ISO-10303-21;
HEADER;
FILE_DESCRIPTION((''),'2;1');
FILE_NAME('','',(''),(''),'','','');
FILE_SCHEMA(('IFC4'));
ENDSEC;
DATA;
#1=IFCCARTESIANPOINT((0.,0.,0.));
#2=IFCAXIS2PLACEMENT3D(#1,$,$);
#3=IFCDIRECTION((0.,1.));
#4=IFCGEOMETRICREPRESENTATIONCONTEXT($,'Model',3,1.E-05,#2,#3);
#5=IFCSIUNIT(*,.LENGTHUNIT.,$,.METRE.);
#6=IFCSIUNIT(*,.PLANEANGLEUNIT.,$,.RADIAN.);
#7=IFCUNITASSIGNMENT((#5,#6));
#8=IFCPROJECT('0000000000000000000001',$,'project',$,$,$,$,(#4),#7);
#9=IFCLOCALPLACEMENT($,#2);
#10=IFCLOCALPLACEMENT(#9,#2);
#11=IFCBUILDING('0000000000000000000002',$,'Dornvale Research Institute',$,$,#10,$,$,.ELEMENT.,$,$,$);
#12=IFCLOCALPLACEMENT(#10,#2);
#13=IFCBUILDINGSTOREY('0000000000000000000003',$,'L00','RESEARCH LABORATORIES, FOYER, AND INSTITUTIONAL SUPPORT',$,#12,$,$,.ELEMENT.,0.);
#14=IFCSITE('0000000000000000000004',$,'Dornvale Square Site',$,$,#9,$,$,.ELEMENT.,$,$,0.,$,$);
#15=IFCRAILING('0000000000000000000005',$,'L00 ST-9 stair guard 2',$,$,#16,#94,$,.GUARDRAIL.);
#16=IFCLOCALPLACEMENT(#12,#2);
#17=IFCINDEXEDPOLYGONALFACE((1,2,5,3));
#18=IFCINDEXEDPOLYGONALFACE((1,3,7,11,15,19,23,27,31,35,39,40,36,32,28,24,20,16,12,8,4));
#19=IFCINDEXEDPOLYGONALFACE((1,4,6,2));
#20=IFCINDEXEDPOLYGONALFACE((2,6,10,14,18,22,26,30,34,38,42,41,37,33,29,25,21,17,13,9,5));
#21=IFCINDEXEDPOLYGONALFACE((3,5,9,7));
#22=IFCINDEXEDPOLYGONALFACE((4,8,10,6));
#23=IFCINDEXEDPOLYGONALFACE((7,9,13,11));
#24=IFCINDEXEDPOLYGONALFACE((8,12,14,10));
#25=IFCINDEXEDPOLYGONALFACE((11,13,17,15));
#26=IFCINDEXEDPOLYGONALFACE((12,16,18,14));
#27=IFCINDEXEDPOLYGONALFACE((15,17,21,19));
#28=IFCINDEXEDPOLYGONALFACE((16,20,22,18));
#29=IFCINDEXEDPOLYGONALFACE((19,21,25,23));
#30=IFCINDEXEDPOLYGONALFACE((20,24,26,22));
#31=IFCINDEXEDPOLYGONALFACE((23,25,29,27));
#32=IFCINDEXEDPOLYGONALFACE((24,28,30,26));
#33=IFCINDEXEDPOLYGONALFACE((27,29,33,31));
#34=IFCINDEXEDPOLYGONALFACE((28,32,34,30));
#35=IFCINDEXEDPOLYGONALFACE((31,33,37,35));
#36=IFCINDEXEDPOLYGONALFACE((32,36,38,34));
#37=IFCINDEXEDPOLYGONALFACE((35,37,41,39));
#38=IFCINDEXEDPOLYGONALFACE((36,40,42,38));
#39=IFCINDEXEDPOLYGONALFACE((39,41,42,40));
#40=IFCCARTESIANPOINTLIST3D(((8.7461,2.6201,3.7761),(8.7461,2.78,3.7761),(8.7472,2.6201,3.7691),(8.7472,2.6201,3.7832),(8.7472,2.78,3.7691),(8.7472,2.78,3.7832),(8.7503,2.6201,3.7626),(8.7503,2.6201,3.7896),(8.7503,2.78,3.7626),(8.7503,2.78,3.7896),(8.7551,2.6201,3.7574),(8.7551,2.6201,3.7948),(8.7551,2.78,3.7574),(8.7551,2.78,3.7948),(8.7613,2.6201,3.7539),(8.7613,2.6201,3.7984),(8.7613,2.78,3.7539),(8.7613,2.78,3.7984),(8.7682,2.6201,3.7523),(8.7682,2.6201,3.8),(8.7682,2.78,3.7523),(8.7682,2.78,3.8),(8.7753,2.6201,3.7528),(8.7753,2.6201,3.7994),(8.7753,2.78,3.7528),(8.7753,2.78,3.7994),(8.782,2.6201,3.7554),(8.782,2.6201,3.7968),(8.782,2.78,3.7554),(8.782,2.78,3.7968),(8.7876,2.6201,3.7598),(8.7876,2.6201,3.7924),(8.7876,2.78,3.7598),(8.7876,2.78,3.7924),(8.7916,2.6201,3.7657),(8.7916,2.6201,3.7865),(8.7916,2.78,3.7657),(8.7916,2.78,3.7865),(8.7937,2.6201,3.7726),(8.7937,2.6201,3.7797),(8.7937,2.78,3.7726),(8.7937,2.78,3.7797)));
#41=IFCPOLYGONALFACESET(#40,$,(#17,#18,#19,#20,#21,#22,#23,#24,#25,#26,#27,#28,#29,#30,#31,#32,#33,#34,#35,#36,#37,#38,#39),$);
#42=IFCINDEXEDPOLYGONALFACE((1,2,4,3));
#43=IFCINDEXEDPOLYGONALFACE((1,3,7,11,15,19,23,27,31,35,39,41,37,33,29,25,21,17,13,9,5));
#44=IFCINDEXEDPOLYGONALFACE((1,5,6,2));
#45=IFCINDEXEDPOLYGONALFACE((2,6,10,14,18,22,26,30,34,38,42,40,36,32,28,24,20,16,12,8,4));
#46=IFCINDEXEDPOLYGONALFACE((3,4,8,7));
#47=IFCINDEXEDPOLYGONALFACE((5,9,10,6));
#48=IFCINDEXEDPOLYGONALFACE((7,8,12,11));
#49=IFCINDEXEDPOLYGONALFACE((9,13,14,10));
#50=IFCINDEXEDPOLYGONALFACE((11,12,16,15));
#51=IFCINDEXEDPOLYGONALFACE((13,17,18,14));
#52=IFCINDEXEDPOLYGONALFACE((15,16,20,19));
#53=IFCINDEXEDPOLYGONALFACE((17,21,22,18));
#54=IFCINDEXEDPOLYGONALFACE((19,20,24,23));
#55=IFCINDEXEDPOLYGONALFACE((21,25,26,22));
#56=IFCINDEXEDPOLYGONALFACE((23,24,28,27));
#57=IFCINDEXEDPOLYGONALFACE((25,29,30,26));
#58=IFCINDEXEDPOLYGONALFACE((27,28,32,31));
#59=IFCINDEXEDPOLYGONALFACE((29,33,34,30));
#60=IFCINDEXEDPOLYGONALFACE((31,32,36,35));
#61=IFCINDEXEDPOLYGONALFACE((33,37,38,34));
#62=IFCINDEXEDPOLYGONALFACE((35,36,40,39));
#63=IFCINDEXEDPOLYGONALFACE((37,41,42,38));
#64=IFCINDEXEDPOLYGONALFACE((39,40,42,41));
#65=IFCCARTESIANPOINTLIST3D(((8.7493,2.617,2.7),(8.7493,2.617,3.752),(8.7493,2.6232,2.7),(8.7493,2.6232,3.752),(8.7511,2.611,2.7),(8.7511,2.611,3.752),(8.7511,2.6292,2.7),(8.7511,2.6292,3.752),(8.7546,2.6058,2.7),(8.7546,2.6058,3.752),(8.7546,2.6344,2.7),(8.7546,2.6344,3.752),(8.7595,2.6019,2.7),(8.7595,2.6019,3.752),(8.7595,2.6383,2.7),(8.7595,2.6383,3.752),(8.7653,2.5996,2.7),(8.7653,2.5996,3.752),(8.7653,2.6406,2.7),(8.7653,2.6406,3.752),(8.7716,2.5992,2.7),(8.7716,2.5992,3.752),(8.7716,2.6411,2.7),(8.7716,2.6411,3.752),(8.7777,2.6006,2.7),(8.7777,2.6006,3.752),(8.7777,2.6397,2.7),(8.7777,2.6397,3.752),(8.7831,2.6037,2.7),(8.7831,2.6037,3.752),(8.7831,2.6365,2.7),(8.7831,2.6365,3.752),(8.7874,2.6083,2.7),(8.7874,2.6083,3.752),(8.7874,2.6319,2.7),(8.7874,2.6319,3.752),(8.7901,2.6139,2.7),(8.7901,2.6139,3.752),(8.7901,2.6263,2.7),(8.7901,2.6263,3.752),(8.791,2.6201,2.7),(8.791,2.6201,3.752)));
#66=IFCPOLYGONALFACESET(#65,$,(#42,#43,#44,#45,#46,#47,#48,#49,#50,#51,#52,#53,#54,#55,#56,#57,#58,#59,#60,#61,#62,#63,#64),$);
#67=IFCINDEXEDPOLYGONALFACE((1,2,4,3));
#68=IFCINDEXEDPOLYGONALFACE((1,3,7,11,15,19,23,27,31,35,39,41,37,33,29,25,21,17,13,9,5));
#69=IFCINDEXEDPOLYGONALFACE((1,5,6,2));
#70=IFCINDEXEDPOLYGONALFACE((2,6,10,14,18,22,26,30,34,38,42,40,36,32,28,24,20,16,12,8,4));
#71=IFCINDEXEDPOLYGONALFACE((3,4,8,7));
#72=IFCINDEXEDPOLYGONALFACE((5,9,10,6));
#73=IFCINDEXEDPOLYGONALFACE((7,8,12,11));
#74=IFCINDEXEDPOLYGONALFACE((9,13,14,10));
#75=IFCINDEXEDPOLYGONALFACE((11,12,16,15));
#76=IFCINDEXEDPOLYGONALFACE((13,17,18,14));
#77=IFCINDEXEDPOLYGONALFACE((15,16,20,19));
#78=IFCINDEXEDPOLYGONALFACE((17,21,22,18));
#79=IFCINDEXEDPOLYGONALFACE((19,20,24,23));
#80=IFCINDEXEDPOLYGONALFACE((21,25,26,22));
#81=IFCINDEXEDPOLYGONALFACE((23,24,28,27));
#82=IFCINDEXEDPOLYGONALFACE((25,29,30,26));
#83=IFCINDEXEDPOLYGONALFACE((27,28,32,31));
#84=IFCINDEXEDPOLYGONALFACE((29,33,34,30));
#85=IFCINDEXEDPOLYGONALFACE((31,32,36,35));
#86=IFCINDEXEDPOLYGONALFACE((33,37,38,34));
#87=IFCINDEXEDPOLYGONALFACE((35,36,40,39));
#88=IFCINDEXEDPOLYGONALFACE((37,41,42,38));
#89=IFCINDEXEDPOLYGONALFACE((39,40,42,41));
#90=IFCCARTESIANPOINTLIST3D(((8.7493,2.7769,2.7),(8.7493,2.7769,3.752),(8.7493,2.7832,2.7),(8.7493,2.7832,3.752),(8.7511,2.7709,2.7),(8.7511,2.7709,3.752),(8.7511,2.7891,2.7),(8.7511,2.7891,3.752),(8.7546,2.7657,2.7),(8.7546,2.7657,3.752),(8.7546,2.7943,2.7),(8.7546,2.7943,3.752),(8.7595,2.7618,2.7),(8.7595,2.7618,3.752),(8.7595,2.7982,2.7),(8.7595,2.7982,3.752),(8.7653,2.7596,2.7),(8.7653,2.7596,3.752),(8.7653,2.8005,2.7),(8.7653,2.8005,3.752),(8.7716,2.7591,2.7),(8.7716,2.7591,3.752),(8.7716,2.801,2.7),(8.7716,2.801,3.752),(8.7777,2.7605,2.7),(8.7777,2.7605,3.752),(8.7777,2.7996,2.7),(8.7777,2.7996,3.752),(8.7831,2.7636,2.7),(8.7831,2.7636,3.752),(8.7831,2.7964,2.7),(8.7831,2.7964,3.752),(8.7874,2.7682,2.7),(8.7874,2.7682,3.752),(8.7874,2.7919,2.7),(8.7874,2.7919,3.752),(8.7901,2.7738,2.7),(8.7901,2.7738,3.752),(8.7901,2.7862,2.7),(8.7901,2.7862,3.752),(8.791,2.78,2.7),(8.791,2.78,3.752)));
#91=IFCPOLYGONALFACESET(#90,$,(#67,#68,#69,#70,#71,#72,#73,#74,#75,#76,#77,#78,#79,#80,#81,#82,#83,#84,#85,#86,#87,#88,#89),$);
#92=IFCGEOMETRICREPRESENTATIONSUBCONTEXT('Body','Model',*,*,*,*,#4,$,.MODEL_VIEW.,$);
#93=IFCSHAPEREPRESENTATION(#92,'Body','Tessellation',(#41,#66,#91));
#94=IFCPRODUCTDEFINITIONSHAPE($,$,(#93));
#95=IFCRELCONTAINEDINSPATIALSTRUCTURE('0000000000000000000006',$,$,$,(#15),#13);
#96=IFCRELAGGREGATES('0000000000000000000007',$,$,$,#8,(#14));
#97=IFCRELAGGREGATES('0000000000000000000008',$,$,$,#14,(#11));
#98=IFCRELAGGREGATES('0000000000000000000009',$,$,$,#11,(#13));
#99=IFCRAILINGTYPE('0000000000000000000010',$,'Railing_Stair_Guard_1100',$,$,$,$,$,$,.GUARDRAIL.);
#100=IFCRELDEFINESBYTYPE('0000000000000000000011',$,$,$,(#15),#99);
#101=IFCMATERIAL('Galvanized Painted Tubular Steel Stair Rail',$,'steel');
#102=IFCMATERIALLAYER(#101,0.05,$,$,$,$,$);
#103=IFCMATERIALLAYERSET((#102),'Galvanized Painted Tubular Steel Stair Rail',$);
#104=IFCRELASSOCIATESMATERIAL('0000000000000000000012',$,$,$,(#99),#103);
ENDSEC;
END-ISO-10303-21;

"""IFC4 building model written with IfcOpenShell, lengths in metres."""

from ifc_helpers import new_model, si_unit, direction, frame, origin, origin_2d, place, context, subcontext, project, spatial, circle, extrude, material, layer, layer_set, type_object, element, save


model = new_model("IFC4")

# Units and contexts
model_context = context("Model", 3, precision=1e-05, world=origin(), true_north=direction((0.0, 1.0)))
body_context = subcontext(model_context, "Body", "Model", "MODEL_VIEW")
ifc_project = project(units=[si_unit("LENGTHUNIT", "METRE"), si_unit("PLANEANGLEUNIT", "RADIAN")], contexts=[model_context])

# Site, building, storey
site_placement = place(None, origin())
site = spatial("IfcSite", under=ifc_project, at=site_placement, Name="Dornvale Square Site", CompositionType="ELEMENT", RefElevation=0.0)
building_placement = place(site_placement, origin())
building = spatial("IfcBuilding", under=site, at=building_placement, Name="Dornvale Research Institute", CompositionType="ELEMENT")
storey_placement = place(building_placement, origin())
storey = spatial("IfcBuildingStorey", under=building, at=storey_placement, Name="L00", Description="RESEARCH LABORATORIES, FOYER, AND INSTITUTIONAL SUPPORT", CompositionType="ELEMENT", Elevation=0.0)

# Railing
ifc_material_1 = material(Name="Galvanized Painted Tubular Steel Stair Rail", Category="steel")
ifc_layer_1 = layer(ifc_material_1, 0.05)
ifc_layer_set_1 = layer_set([ifc_layer_1], Name="Galvanized Painted Tubular Steel Stair Rail")
railing_type_1 = type_object("IfcRailingType", Name="Railing_Stair_Guard_1100", PredefinedType="GUARDRAIL", material=ifc_layer_set_1)
railing_1_placement = place(storey_placement, frame((8.77, 2.6201, 2.7)))
element("IfcRailing", 1, at=railing_1_placement, inside=storey, type_object=railing_type_1, Name="L00 ST-9 stair guard 2", PredefinedType="GUARDRAIL", context=body_context, shape_type="SweptSolid", body=[
    extrude(circle(Radius=0.0239, at=origin_2d()), frame((0.0, 0.0, 1.0762), z_axis=(0.0, 1.0, 0.0), x_axis=(-1.0, 0.0, 0.0)), (0.0, 0.0, 1.0), 0.1599),
    extrude(circle(Radius=0.021, at=origin_2d()), origin(), (0.0, 0.0, 1.0), 1.052),
    extrude(circle(Radius=0.021, at=origin_2d()), frame((0.0, 0.1599, 0.0)), (0.0, 0.0, 1.0), 1.052),
])

save(model, "model.ifc")
